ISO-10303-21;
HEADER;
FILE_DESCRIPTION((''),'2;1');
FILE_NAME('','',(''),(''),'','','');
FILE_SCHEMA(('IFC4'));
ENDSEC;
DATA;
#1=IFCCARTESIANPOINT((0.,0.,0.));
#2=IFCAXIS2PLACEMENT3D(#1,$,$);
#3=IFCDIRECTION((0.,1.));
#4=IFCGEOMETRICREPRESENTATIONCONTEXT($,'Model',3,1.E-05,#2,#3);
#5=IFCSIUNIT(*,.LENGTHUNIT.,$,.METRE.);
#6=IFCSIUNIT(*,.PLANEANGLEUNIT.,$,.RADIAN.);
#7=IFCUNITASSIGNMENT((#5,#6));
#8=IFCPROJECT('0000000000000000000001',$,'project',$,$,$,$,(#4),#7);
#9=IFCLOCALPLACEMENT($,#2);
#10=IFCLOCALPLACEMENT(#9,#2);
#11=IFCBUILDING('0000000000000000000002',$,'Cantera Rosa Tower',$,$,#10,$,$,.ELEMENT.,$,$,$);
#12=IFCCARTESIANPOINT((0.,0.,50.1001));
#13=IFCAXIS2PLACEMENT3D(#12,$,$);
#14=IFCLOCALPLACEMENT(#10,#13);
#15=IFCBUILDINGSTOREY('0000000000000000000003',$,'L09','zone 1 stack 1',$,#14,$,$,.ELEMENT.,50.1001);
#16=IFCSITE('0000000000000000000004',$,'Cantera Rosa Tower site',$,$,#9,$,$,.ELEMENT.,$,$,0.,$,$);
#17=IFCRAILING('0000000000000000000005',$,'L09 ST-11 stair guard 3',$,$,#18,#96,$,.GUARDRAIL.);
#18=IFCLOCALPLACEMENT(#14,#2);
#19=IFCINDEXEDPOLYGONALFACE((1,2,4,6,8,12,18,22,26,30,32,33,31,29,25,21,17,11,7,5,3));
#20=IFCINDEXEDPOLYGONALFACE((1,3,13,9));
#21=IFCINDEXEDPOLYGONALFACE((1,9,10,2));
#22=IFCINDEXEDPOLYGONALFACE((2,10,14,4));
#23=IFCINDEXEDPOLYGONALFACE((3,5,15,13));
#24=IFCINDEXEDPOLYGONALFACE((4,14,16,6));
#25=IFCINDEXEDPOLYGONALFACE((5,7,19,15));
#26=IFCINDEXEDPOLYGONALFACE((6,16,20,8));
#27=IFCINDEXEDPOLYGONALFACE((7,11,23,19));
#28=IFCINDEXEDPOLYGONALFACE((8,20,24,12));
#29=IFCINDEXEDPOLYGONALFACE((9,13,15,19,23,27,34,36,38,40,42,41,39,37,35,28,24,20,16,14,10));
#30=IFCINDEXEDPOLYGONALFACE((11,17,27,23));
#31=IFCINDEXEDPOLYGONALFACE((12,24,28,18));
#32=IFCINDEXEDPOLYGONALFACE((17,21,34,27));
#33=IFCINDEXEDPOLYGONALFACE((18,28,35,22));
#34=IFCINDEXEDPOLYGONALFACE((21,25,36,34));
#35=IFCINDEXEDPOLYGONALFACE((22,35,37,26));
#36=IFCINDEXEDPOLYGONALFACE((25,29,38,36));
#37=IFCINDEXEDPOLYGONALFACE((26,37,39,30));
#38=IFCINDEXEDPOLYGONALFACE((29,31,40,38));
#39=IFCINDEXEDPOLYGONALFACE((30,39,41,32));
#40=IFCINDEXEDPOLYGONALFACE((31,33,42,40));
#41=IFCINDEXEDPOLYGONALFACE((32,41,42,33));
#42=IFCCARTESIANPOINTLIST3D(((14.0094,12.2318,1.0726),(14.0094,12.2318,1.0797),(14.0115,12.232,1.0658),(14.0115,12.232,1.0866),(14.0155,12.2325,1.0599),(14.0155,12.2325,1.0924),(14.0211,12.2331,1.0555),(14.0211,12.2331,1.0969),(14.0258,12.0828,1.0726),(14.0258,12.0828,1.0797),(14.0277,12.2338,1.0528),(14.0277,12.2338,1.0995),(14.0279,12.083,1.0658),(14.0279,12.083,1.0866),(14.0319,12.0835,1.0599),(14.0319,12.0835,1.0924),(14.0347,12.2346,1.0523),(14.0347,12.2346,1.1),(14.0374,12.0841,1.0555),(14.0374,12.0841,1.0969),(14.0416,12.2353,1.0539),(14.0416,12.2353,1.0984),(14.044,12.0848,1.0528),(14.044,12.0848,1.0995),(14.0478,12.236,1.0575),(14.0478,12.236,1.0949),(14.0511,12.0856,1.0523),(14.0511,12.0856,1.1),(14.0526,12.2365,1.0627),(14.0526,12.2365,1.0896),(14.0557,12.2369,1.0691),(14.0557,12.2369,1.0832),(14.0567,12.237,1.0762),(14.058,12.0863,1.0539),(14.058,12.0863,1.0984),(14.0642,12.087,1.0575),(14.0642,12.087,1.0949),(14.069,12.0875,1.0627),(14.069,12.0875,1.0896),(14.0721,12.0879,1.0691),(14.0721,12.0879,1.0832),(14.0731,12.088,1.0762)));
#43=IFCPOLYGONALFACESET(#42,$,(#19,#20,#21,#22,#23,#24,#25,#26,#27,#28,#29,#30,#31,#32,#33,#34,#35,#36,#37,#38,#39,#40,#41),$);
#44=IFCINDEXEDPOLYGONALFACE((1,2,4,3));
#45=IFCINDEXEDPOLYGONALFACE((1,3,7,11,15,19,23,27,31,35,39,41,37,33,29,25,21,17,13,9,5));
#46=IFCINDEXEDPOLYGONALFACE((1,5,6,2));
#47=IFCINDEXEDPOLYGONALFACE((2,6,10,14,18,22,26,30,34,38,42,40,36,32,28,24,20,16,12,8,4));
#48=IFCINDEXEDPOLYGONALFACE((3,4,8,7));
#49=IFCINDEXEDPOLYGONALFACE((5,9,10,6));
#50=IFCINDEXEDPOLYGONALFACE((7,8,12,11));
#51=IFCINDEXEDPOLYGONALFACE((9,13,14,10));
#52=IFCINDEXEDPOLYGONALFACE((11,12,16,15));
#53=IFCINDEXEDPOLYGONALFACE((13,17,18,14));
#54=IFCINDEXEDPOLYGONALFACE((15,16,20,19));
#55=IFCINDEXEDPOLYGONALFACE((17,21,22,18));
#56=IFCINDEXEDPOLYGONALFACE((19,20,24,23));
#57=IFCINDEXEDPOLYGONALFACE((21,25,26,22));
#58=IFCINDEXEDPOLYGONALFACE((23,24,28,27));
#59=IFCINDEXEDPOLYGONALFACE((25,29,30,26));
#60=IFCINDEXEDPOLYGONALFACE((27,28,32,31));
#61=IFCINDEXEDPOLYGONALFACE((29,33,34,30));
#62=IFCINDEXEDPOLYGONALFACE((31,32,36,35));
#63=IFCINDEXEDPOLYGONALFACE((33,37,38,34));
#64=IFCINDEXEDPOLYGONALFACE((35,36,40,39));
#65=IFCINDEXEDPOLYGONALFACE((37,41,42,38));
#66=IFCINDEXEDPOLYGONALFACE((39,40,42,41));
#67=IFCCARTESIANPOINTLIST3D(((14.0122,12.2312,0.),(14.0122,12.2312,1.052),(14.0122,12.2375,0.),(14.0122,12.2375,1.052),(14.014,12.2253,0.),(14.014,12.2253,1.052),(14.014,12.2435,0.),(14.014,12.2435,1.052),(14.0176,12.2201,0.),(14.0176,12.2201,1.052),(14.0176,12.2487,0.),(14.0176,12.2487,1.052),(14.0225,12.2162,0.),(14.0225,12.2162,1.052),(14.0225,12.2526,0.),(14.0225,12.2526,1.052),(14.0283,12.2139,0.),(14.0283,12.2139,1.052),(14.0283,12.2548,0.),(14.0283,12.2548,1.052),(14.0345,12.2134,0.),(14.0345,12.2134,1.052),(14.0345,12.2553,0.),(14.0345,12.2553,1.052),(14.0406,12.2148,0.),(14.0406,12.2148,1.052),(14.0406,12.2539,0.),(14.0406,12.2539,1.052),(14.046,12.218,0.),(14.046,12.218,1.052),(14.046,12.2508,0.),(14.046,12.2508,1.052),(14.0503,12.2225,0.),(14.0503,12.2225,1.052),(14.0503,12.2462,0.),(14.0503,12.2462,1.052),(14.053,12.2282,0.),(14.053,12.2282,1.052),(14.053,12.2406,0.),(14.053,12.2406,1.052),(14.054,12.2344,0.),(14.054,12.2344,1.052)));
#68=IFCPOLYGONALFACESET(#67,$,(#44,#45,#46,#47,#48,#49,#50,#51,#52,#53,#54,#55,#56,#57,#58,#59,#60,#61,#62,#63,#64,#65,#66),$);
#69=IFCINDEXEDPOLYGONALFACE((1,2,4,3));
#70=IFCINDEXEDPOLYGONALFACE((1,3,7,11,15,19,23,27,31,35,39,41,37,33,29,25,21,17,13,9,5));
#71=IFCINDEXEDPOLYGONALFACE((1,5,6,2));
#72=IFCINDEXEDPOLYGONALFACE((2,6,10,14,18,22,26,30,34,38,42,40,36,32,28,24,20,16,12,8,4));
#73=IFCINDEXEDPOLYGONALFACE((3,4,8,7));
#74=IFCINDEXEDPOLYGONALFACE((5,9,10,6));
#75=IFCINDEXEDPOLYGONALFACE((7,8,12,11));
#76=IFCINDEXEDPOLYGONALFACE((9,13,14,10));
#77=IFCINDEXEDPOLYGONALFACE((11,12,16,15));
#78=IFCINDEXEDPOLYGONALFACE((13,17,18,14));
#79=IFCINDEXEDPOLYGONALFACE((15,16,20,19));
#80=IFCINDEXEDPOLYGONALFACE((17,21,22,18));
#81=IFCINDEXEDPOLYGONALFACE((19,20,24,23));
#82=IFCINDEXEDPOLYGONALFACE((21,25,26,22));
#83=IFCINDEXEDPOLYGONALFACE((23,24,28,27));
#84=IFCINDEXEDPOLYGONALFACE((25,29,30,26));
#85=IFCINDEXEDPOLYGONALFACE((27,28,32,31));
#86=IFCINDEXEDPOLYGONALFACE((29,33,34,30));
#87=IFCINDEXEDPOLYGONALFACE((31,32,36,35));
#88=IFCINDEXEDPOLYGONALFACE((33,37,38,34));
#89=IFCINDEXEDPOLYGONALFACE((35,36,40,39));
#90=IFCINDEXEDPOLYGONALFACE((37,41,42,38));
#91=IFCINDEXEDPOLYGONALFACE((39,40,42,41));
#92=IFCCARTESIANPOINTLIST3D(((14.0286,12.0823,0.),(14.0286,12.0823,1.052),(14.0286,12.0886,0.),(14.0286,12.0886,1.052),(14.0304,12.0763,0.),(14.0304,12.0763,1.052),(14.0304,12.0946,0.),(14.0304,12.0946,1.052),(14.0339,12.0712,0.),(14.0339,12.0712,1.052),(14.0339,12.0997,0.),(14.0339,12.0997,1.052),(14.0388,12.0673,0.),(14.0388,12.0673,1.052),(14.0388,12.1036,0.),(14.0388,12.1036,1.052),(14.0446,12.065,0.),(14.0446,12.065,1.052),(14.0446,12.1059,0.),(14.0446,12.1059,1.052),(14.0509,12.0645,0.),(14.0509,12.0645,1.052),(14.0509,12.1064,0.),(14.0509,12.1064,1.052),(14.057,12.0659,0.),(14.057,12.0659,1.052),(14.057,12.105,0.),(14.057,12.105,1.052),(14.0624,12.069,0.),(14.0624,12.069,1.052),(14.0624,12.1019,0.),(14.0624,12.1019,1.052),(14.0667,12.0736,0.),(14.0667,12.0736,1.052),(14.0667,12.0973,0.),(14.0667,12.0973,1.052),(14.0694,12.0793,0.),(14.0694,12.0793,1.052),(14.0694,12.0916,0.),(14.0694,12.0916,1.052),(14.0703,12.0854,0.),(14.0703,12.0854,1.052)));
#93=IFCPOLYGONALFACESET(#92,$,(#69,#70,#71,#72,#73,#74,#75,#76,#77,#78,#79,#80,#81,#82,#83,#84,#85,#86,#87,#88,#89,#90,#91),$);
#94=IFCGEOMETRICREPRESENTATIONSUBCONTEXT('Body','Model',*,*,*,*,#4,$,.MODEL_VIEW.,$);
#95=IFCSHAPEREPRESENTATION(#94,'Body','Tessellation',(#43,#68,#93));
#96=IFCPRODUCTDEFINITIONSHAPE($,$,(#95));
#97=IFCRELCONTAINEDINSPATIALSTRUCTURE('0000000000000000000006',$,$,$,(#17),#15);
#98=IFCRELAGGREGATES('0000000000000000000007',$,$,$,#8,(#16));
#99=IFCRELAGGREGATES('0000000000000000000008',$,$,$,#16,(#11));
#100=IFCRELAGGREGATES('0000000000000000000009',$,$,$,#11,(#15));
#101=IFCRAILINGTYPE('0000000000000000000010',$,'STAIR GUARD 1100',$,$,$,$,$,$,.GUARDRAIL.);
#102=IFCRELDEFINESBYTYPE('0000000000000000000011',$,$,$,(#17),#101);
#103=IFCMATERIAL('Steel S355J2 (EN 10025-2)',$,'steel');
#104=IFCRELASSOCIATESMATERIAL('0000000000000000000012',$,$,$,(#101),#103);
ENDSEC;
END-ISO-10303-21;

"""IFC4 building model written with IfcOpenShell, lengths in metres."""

from ifc_helpers import new_model, si_unit, direction, frame, origin, origin_2d, place, context, subcontext, project, spatial, circle, extrude, material, type_object, element, save


model = new_model("IFC4")

# Units and contexts
model_context = context("Model", 3, precision=1e-05, world=origin(), true_north=direction((0.0, 1.0)))
body_context = subcontext(model_context, "Body", "Model", "MODEL_VIEW")
ifc_project = project(units=[si_unit("LENGTHUNIT", "METRE"), si_unit("PLANEANGLEUNIT", "RADIAN")], contexts=[model_context])

# Site, building, storey
site_placement = place(None, origin())
site = spatial("IfcSite", under=ifc_project, at=site_placement, Name="Cantera Rosa Tower site", CompositionType="ELEMENT", RefElevation=0.0)
building_placement = place(site_placement, origin())
building = spatial("IfcBuilding", under=site, at=building_placement, Name="Cantera Rosa Tower", CompositionType="ELEMENT")
storey_placement = place(building_placement, frame((0.0, 0.0, 50.1001)))
storey = spatial("IfcBuildingStorey", under=building, at=storey_placement, Name="L09", Description="zone 1 stack 1", CompositionType="ELEMENT", Elevation=50.1001)

# Railing
ifc_material_1 = material(Name="Steel S355J2 (EN 10025-2)", Category="steel")
railing_type_1 = type_object("IfcRailingType", Name="STAIR GUARD 1100", PredefinedType="GUARDRAIL", material=ifc_material_1)
railing_1_placement = place(storey_placement, frame((14.033, 12.2344, 0.0)))
element("IfcRailing", 1, at=railing_1_placement, inside=storey, type_object=railing_type_1, Name="L09 ST-11 stair guard 3", PredefinedType="GUARDRAIL", context=body_context, shape_type="SweptSolid", body=[
    extrude(circle(Radius=0.0239, at=origin_2d()), frame((0.0, 0.0, 1.0762), z_axis=(0.109179, -0.994022, 0.0), x_axis=(0.994022, 0.109179, 0.0)), (0.0, 0.0, 1.0), 0.1499),
    extrude(circle(Radius=0.021, at=origin_2d()), origin(), (0.0, 0.0, 1.0), 1.052),
    extrude(circle(Radius=0.021, at=origin_2d()), frame((0.0164, -0.1489, 0.0)), (0.0, 0.0, 1.0), 1.052),
])

save(model, "model.ifc")
